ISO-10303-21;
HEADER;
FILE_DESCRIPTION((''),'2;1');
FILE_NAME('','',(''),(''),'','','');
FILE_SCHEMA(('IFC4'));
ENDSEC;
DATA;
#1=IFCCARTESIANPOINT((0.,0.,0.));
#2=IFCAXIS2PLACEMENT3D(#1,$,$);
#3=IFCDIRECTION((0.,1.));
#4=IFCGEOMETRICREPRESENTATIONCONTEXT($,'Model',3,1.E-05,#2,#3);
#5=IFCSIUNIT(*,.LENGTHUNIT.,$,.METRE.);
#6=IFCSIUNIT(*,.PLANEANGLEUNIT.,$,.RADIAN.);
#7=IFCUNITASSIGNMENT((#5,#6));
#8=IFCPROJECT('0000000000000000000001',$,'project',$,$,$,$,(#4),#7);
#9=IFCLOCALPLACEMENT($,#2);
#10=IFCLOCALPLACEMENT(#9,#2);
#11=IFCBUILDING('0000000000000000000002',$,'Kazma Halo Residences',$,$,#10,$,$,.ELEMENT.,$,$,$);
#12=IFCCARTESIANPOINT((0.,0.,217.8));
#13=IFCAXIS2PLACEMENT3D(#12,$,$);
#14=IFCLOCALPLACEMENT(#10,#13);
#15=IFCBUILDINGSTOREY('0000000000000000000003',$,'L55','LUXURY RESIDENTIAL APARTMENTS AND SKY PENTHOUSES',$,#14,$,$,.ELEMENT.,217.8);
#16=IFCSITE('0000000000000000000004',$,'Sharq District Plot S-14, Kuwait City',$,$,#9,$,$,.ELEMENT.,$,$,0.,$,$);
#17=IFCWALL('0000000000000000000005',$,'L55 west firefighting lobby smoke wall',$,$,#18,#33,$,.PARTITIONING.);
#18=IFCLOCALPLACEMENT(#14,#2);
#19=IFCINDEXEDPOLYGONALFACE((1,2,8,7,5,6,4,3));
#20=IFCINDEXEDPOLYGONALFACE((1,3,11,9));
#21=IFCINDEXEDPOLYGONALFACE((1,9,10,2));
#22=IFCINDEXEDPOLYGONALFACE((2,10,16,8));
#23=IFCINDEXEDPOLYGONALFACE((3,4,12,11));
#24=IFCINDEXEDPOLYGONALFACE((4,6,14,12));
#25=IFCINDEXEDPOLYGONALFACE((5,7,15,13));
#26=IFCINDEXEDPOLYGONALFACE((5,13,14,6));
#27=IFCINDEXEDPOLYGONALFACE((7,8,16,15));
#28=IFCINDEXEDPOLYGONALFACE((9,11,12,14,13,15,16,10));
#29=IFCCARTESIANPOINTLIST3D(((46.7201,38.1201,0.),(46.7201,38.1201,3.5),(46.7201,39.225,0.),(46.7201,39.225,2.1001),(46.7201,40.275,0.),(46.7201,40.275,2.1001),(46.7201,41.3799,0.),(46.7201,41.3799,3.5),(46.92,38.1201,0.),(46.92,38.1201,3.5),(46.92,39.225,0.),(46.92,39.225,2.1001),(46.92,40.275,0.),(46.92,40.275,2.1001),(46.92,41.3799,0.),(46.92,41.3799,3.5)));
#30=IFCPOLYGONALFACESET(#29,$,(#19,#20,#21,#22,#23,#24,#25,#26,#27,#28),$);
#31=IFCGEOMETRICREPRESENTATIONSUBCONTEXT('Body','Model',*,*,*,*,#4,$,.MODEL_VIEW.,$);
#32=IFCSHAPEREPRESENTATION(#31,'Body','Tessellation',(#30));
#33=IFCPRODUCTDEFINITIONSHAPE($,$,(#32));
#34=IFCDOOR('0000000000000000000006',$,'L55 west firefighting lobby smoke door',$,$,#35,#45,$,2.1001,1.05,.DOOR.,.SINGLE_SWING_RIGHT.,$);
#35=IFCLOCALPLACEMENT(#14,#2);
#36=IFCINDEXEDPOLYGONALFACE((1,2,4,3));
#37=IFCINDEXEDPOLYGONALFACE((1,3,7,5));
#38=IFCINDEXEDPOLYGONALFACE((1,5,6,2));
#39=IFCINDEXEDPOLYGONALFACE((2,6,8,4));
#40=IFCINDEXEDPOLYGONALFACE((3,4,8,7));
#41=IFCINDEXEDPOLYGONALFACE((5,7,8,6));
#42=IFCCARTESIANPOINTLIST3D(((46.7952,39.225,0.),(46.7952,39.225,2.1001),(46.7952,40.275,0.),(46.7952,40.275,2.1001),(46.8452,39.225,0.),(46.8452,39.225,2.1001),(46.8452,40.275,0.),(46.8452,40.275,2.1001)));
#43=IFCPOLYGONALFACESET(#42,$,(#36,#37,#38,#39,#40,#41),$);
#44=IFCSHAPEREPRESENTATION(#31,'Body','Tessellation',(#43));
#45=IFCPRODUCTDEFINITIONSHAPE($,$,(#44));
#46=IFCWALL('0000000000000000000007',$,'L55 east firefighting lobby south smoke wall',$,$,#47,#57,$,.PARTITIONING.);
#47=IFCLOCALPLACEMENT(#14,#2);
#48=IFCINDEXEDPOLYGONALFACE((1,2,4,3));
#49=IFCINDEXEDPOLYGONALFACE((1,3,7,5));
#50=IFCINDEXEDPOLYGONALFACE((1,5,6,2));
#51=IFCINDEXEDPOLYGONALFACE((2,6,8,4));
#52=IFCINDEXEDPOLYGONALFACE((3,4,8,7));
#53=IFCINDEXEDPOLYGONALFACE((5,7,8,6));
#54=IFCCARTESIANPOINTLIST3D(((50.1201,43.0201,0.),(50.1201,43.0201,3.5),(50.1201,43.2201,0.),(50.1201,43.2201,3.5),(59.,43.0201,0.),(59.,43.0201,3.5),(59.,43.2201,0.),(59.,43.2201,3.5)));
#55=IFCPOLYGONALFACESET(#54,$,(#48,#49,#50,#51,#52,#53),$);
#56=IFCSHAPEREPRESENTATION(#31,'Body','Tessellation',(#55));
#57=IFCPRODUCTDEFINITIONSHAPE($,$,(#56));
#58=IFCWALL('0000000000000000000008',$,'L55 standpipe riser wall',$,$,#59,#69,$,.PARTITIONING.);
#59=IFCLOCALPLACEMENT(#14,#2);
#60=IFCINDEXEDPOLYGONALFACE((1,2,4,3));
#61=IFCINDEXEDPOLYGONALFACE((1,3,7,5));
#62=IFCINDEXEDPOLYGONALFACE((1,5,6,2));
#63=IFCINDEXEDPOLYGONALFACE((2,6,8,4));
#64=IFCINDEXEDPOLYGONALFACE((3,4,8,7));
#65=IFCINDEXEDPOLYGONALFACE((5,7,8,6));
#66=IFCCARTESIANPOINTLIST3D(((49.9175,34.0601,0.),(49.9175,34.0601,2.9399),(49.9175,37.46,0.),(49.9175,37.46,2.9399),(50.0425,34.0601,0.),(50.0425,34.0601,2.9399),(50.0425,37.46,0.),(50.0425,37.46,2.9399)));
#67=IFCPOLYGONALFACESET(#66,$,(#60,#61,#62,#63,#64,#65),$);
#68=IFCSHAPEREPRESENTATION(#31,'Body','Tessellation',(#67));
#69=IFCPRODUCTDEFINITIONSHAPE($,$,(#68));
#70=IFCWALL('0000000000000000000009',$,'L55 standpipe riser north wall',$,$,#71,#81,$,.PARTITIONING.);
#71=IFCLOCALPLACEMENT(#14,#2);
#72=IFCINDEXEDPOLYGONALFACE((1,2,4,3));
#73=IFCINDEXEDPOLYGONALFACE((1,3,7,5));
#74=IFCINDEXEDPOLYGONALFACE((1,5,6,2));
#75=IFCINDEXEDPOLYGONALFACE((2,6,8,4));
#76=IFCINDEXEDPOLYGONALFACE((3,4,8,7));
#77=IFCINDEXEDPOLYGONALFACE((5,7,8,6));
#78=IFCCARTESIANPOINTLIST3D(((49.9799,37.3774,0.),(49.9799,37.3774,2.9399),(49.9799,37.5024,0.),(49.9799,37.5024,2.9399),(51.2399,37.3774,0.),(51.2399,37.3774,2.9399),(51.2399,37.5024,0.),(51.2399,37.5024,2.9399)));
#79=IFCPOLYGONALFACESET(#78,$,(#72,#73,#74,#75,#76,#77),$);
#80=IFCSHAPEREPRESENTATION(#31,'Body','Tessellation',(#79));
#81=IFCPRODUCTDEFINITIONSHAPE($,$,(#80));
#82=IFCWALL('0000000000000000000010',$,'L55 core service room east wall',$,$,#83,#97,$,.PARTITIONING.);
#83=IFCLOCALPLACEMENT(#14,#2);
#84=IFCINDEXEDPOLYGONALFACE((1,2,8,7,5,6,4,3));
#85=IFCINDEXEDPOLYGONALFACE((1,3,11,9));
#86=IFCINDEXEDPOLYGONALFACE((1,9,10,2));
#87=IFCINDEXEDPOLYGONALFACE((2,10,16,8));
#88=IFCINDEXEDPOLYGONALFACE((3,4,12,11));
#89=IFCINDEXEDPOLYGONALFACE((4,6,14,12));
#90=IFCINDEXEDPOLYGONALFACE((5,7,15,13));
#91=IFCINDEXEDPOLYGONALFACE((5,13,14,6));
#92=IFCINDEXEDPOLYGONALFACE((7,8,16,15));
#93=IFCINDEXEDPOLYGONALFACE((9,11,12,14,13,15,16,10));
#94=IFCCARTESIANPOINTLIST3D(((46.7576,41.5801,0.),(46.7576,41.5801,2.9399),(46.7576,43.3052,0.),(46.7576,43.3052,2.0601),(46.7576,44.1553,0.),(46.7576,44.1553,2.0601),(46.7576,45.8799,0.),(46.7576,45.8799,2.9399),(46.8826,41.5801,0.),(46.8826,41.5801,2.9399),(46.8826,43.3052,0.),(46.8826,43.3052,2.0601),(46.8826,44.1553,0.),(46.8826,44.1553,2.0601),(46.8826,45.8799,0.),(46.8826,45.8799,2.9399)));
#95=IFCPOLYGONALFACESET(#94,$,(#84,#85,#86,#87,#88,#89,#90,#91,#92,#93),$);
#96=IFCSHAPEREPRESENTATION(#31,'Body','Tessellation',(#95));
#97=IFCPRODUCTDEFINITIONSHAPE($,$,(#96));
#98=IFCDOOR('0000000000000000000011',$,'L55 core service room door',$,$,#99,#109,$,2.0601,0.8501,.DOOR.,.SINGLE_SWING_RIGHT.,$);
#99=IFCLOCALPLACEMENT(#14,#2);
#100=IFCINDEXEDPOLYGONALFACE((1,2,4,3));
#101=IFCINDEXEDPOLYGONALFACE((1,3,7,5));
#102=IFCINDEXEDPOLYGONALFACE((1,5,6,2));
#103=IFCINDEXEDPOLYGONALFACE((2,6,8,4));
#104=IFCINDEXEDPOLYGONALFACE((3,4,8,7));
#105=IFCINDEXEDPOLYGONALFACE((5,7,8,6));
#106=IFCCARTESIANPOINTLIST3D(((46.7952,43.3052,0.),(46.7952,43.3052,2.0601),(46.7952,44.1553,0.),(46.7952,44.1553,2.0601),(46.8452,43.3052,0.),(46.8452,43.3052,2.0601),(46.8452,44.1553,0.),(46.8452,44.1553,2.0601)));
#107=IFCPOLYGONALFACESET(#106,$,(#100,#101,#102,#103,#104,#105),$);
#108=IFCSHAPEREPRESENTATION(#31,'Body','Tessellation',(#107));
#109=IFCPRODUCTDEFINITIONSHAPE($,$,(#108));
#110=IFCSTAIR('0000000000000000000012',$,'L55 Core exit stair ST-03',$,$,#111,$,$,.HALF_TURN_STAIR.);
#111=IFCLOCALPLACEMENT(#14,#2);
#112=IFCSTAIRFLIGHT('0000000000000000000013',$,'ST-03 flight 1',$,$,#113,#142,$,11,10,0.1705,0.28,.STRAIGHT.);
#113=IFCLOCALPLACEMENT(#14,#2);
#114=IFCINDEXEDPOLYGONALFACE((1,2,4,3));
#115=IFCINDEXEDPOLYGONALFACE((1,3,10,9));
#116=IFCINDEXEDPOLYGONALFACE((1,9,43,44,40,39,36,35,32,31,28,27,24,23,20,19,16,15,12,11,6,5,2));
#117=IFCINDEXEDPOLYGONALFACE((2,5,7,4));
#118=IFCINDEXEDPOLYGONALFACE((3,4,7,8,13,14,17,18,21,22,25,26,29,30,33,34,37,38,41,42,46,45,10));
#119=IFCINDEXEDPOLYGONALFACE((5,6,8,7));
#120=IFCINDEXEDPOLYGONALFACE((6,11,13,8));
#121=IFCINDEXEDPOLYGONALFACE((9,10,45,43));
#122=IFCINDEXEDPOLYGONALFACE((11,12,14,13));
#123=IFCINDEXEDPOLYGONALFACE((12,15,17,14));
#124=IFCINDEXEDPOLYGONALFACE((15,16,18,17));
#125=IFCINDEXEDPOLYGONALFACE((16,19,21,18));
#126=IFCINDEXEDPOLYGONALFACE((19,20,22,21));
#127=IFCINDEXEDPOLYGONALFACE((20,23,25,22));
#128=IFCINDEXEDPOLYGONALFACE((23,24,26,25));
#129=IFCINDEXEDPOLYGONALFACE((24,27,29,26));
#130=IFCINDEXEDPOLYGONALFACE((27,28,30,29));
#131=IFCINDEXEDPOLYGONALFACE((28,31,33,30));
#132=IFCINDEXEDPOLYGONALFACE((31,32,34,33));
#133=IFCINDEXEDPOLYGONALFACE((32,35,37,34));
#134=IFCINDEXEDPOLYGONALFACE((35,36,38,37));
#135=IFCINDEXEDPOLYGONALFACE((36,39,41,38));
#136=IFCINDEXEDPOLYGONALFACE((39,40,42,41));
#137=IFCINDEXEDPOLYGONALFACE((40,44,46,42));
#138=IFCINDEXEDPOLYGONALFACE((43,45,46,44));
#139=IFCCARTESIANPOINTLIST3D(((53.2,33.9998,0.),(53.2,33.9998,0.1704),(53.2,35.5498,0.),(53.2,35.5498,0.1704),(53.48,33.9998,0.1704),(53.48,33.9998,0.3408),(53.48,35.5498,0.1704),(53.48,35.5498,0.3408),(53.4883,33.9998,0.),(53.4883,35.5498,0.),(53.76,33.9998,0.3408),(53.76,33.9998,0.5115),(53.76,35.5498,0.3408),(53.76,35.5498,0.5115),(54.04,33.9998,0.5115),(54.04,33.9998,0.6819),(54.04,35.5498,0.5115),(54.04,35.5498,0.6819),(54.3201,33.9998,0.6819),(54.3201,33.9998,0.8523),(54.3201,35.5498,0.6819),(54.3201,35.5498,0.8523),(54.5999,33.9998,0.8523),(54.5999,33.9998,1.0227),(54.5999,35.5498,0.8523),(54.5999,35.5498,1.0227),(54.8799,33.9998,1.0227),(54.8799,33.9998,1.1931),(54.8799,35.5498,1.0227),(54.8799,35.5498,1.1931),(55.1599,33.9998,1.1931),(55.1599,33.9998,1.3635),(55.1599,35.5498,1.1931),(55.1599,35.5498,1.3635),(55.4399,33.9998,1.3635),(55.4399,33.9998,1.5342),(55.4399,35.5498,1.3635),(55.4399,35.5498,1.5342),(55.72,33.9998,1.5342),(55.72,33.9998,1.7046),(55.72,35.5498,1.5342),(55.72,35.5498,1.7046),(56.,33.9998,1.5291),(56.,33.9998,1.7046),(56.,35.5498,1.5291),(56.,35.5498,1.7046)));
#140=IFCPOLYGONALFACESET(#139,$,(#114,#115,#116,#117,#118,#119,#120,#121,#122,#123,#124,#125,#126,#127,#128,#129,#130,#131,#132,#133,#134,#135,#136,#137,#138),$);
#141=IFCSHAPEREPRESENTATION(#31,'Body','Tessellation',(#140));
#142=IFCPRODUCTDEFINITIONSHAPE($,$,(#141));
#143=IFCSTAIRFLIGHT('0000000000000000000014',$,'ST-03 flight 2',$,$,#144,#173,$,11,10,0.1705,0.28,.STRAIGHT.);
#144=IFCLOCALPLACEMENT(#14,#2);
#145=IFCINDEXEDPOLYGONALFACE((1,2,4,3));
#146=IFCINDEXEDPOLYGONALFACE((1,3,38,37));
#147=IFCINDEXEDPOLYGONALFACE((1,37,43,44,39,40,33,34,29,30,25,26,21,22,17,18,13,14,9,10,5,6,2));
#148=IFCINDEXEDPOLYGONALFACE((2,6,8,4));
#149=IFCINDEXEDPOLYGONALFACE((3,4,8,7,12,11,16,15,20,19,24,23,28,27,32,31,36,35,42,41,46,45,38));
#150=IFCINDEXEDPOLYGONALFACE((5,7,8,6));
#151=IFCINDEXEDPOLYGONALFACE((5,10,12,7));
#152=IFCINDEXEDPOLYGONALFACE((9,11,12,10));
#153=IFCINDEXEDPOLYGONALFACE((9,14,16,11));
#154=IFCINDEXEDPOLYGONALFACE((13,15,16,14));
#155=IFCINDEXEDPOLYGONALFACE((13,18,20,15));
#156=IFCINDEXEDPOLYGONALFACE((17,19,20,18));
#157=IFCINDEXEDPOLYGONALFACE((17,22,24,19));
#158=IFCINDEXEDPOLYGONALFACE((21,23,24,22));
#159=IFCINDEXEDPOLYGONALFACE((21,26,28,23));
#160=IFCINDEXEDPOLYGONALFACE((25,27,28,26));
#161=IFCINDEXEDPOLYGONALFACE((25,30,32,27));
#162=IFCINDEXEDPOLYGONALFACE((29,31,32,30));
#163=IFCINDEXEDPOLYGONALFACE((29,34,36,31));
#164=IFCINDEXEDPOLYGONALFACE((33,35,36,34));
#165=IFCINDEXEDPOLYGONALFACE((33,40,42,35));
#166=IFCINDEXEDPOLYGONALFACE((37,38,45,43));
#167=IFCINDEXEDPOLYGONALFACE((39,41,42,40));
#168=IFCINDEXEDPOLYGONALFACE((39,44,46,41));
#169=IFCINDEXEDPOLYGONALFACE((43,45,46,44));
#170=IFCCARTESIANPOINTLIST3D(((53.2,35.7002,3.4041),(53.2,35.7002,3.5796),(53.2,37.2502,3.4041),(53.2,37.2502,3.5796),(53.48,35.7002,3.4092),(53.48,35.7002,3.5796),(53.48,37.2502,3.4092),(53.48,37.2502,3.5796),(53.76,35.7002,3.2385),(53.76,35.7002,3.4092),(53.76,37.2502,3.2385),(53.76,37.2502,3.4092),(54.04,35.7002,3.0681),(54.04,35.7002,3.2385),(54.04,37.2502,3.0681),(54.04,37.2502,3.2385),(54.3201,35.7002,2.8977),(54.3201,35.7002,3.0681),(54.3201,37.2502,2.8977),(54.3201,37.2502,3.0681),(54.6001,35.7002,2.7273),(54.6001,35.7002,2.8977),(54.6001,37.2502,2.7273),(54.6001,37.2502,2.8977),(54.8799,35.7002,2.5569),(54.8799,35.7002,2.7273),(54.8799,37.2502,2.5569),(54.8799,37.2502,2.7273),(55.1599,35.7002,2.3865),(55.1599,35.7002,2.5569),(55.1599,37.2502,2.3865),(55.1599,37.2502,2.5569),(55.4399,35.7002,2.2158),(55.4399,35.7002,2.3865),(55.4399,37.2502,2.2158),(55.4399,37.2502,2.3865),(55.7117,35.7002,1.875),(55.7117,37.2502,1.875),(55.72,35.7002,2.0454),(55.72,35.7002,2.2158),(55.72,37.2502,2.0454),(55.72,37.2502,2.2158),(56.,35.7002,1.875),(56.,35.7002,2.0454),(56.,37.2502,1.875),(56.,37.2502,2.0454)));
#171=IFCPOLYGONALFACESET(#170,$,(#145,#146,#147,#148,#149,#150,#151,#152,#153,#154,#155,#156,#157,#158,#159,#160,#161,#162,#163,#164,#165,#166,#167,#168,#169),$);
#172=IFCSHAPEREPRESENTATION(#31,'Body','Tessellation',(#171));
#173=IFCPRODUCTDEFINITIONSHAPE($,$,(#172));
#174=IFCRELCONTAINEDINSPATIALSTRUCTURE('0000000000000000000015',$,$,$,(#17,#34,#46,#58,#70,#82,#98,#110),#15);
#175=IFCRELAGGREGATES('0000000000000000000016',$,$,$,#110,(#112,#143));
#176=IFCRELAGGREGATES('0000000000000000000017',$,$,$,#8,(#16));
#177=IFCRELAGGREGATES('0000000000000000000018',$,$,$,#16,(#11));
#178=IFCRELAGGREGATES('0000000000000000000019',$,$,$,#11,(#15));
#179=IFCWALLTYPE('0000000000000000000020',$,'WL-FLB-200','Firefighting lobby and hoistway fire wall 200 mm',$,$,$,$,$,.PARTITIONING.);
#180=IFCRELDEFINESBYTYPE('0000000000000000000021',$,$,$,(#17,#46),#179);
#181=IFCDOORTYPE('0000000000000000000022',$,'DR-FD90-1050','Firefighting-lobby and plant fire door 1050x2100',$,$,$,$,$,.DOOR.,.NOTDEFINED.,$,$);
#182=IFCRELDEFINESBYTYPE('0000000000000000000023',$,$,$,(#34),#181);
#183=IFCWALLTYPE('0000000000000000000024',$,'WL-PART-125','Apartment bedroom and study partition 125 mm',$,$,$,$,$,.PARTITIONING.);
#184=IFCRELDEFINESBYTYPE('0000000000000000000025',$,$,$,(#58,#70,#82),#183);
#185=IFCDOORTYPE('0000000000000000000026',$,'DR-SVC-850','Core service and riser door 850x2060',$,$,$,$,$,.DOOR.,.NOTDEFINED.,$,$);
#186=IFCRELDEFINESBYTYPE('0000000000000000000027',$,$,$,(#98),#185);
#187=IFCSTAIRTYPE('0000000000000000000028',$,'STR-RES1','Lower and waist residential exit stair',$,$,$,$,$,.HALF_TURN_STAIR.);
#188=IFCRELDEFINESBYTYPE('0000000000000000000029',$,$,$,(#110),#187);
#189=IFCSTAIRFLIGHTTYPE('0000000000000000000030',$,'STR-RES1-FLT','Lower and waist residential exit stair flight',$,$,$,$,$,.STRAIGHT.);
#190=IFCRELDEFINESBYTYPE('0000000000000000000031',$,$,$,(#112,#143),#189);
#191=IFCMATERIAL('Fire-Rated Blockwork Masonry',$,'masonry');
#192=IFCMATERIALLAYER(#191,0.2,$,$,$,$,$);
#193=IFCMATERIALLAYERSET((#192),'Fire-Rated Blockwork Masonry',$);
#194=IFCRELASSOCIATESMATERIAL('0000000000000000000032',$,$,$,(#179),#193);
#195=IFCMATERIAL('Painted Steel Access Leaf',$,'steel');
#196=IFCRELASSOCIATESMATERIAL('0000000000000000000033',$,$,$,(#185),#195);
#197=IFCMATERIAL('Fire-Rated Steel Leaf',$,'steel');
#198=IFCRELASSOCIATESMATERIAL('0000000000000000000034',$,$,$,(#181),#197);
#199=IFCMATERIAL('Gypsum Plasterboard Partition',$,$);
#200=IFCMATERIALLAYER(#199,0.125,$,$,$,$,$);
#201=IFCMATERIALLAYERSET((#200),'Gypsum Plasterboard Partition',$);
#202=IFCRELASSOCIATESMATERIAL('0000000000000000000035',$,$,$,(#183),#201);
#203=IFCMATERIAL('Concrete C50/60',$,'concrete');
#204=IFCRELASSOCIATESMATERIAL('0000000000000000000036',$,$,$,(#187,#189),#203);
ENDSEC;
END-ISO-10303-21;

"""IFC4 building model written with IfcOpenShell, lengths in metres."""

from ifc_helpers import new_model, si_unit, direction, frame, frame_2d, origin, place, context, subcontext, project, spatial, polyline, rectangle, outline, extrude, material, layer, layer_set, type_object, element, fill, aggregate, save


model = new_model("IFC4")

# Units and contexts
model_context = context("Model", 3, precision=1e-05, world=origin(), true_north=direction((0.0, 1.0)))
body_context = subcontext(model_context, "Body", "Model", "MODEL_VIEW")
ifc_project = project(units=[si_unit("LENGTHUNIT", "METRE"), si_unit("PLANEANGLEUNIT", "RADIAN")], contexts=[model_context])

# Site, building, storey
site_placement = place(None, origin())
site = spatial("IfcSite", under=ifc_project, at=site_placement, Name="Sharq District Plot S-14, Kuwait City", CompositionType="ELEMENT", RefElevation=0.0)
building_placement = place(site_placement, origin())
building = spatial("IfcBuilding", under=site, at=building_placement, Name="Kazma Halo Residences", CompositionType="ELEMENT")
storey_placement = place(building_placement, frame((0.0, 0.0, 217.8)))
storey = spatial("IfcBuildingStorey", under=building, at=storey_placement, Name="L55", Description="LUXURY RESIDENTIAL APARTMENTS AND SKY PENTHOUSES", CompositionType="ELEMENT", Elevation=217.8)

# Shared definitions
ifc_material_1 = material(Name="Fire-Rated Blockwork Masonry", Category="masonry")
ifc_layer_1 = layer(ifc_material_1, 0.2)
ifc_layer_set_1 = layer_set([ifc_layer_1], Name="Fire-Rated Blockwork Masonry")
wall_type_1 = type_object("IfcWallType", Name="WL-FLB-200", Description="Firefighting lobby and hoistway fire wall 200 mm", PredefinedType="PARTITIONING", material=ifc_layer_set_1)

# Wall, opening, door
ifc_material_2 = material(Name="Painted Steel Access Leaf", Category="steel")
door_type_1 = type_object("IfcDoorType", Name="DR-SVC-850", Description="Core service and riser door 850x2060", OperationType="NOTDEFINED", PredefinedType="DOOR", material=ifc_material_2)
wall_1_placement = place(storey_placement, frame((46.8201, 38.1201, 0.0), z_axis=(0.0, 0.0, 1.0), x_axis=(0.0, 1.0, 0.0)))
wall_1 = element("IfcWall", 1, at=wall_1_placement, inside=storey, type_object=wall_type_1, Name="L55 west firefighting lobby smoke wall", PredefinedType="PARTITIONING", context=body_context, shape_type="SweptSolid", body=[
    extrude(rectangle(XDim=3.2598, YDim=0.2, at=frame_2d((1.6299, 0.0))), origin(), (0.0, 0.0, 1.0), 3.5),
])
opening_1_placement = place(wall_1_placement, frame((1.105, 0.0, 0.0)))
opening_1 = element("IfcOpeningElement", 2, at=opening_1_placement, cuts=wall_1, PredefinedType="OPENING", context=body_context, shape_type="SweptSolid", body=[
    extrude(rectangle(XDim=1.05, YDim=2.1001, at=frame_2d((0.5249, 1.05))), frame((0.0, 0.1099, 0.0), z_axis=(0.0, -1.0, 0.0), x_axis=(1.0, 0.0, 0.0)), (0.0, 0.0, 1.0), 0.22),
])
ifc_material_3 = material(Name="Fire-Rated Steel Leaf", Category="steel")
door_type_2 = type_object("IfcDoorType", Name="DR-FD90-1050", Description="Firefighting-lobby and plant fire door 1050x2100", OperationType="NOTDEFINED", PredefinedType="DOOR", material=ifc_material_3)
door_1_placement = place(opening_1_placement, origin())
door_1 = element("IfcDoor", 3, at=door_1_placement, inside=storey, type_object=door_type_2, Name="L55 west firefighting lobby smoke door", OperationType="SINGLE_SWING_RIGHT", OverallHeight=2.1001, OverallWidth=1.05, PredefinedType="DOOR", context=body_context, shape_type="SweptSolid", body=[
    extrude(rectangle(XDim=1.05, YDim=2.1001, at=frame_2d((0.5249, 1.05))), frame((0.0, 0.0249, 0.0), z_axis=(0.0, -1.0, 0.0), x_axis=(1.0, 0.0, 0.0)), (0.0, 0.0, 1.0), 0.05),
])
fill(opening_1, door_1)

# Walls
wall_2_placement = place(storey_placement, frame((50.1201, 43.1201, 0.0), z_axis=(0.0, 0.0, 1.0), x_axis=(1.0, 0.0, 0.0)))
element("IfcWall", 4, at=wall_2_placement, inside=storey, type_object=wall_type_1, Name="L55 east firefighting lobby south smoke wall", PredefinedType="PARTITIONING", context=body_context, shape_type="SweptSolid", body=[
    extrude(rectangle(XDim=8.8799, YDim=0.2, at=frame_2d((4.4399, 0.0))), origin(), (0.0, 0.0, 1.0), 3.5),
])
ifc_material_4 = material(Name="Gypsum Plasterboard Partition")
ifc_layer_2 = layer(ifc_material_4, 0.125)
ifc_layer_set_2 = layer_set([ifc_layer_2], Name="Gypsum Plasterboard Partition")
wall_type_2 = type_object("IfcWallType", Name="WL-PART-125", Description="Apartment bedroom and study partition 125 mm", PredefinedType="PARTITIONING", material=ifc_layer_set_2)
wall_3_placement = place(storey_placement, frame((49.98, 34.0601, 0.0), z_axis=(0.0, 0.0, 1.0), x_axis=(0.0, 1.0, 0.0)))
element("IfcWall", 5, at=wall_3_placement, inside=storey, type_object=wall_type_2, Name="L55 standpipe riser wall", PredefinedType="PARTITIONING", context=body_context, shape_type="SweptSolid", body=[
    extrude(rectangle(XDim=3.3999, YDim=0.125, at=frame_2d((1.7, 0.0))), origin(), (0.0, 0.0, 1.0), 2.9399),
])
wall_4_placement = place(storey_placement, frame((49.98, 37.4399, 0.0), z_axis=(0.0, 0.0, 1.0), x_axis=(1.0, 0.0, 0.0)))
element("IfcWall", 6, at=wall_4_placement, inside=storey, type_object=wall_type_2, Name="L55 standpipe riser north wall", PredefinedType="PARTITIONING", context=body_context, shape_type="SweptSolid", body=[
    extrude(rectangle(XDim=1.26, YDim=0.125, at=frame_2d((0.6299, 0.0))), origin(), (0.0, 0.0, 1.0), 2.9399),
])

# Wall, opening, door
wall_5_placement = place(storey_placement, frame((46.8201, 41.5801, 0.0), z_axis=(0.0, 0.0, 1.0), x_axis=(0.0, 1.0, 0.0)))
wall_5 = element("IfcWall", 7, at=wall_5_placement, inside=storey, type_object=wall_type_2, Name="L55 core service room east wall", PredefinedType="PARTITIONING", context=body_context, shape_type="SweptSolid", body=[
    extrude(rectangle(XDim=4.2998, YDim=0.125, at=frame_2d((2.1499, 0.0))), origin(), (0.0, 0.0, 1.0), 2.9399),
])
opening_2_placement = place(wall_5_placement, frame((1.7251, 0.0, 0.0)))
opening_2 = element("IfcOpeningElement", 8, at=opening_2_placement, cuts=wall_5, PredefinedType="OPENING", context=body_context, shape_type="SweptSolid", body=[
    extrude(rectangle(XDim=0.8501, YDim=2.0601, at=frame_2d((0.425, 1.03))), frame((0.0, 0.0725, 0.0), z_axis=(0.0, -1.0, 0.0), x_axis=(1.0, 0.0, 0.0)), (0.0, 0.0, 1.0), 0.145),
])
door_2_placement = place(opening_2_placement, origin())
door_2 = element("IfcDoor", 9, at=door_2_placement, inside=storey, type_object=door_type_1, Name="L55 core service room door", OperationType="SINGLE_SWING_RIGHT", OverallHeight=2.0601, OverallWidth=0.8501, PredefinedType="DOOR", context=body_context, shape_type="SweptSolid", body=[
    extrude(rectangle(XDim=0.8501, YDim=2.0601, at=frame_2d((0.425, 1.03))), frame((0.0, 0.0249, 0.0), z_axis=(0.0, -1.0, 0.0), x_axis=(1.0, 0.0, 0.0)), (0.0, 0.0, 1.0), 0.05),
])
fill(opening_2, door_2)
ifc_material_5 = material(Name="Concrete C50/60", Category="concrete")

# Stair, stair flights
stair_type = type_object("IfcStairType", Name="STR-RES1", Description="Lower and waist residential exit stair", PredefinedType="HALF_TURN_STAIR", material=ifc_material_5)
stair_placement = place(storey_placement, origin())
stair = element("IfcStair", 10, at=stair_placement, inside=storey, type_object=stair_type, Name="L55 Core exit stair ST-03", PredefinedType="HALF_TURN_STAIR")
stair_flight_type = type_object("IfcStairFlightType", Name="STR-RES1-FLT", Description="Lower and waist residential exit stair flight", PredefinedType="STRAIGHT", material=ifc_material_5)
stair_flight_1_placement = place(storey_placement, frame((53.2, 34.7749, 0.0), z_axis=(0.0, 0.0, 1.0), x_axis=(1.0, 0.0, 0.0)))
stair_flight_1 = element("IfcStairFlight", 11, at=stair_flight_1_placement, type_object=stair_flight_type, Name="ST-03 flight 1", NumberOfRisers=11, NumberOfTreads=10, PredefinedType="STRAIGHT", RiserHeight=0.1705, TreadLength=0.28, context=body_context, shape_type="SweptSolid", body=[
    extrude(outline(polyline([(0.0, 0.0), (0.0, 0.1704), (0.28, 0.1704), (0.28, 0.3408), (0.5601, 0.3408), (0.5601, 0.5115), (0.8401, 0.5115), (0.8401, 0.6819), (1.1201, 0.6819), (1.1201, 0.8523), (1.3999, 0.8523), (1.3999, 1.0227), (1.6799, 1.0227), (1.6799, 1.1931), (1.96, 1.1931), (1.96, 1.3635), (2.24, 1.3635), (2.24, 1.5342), (2.52, 1.5342), (2.52, 1.7046), (2.8, 1.7046), (2.8, 1.875), (2.8, 1.5291), (0.2883, 0.0), (0.0, 0.0)])), frame((0.0, 0.7749, 0.0), z_axis=(0.0, -1.0, 0.0), x_axis=(1.0, 0.0, 0.0)), (0.0, 0.0, 1.0), 1.55),
])
stair_flight_2_placement = place(storey_placement, frame((56.0, 36.4751, 1.875), z_axis=(0.0, 0.0, 1.0), x_axis=(-1.0, 0.0, 0.0)))
stair_flight_2 = element("IfcStairFlight", 12, at=stair_flight_2_placement, type_object=stair_flight_type, Name="ST-03 flight 2", NumberOfRisers=11, NumberOfTreads=10, PredefinedType="STRAIGHT", RiserHeight=0.1705, TreadLength=0.28, context=body_context, shape_type="SweptSolid", body=[
    extrude(outline(polyline([(0.0, 0.0), (0.0, 0.1704), (0.28, 0.1704), (0.28, 0.3408), (0.5601, 0.3408), (0.5601, 0.5115), (0.8401, 0.5115), (0.8401, 0.6819), (1.1201, 0.6819), (1.1201, 0.8523), (1.3999, 0.8523), (1.3999, 1.0227), (1.6799, 1.0227), (1.6799, 1.1931), (1.96, 1.1931), (1.96, 1.3635), (2.24, 1.3635), (2.24, 1.5342), (2.52, 1.5342), (2.52, 1.7046), (2.8, 1.7046), (2.8, 1.875), (2.8, 1.5291), (0.2883, 0.0), (0.0, 0.0)])), frame((0.0, 0.7749, 0.0), z_axis=(0.0, -1.0, 0.0), x_axis=(1.0, 0.0, 0.0)), (0.0, 0.0, 1.0), 1.55),
])
aggregate(stair, [stair_flight_1, stair_flight_2])

save(model, "model.ifc")
